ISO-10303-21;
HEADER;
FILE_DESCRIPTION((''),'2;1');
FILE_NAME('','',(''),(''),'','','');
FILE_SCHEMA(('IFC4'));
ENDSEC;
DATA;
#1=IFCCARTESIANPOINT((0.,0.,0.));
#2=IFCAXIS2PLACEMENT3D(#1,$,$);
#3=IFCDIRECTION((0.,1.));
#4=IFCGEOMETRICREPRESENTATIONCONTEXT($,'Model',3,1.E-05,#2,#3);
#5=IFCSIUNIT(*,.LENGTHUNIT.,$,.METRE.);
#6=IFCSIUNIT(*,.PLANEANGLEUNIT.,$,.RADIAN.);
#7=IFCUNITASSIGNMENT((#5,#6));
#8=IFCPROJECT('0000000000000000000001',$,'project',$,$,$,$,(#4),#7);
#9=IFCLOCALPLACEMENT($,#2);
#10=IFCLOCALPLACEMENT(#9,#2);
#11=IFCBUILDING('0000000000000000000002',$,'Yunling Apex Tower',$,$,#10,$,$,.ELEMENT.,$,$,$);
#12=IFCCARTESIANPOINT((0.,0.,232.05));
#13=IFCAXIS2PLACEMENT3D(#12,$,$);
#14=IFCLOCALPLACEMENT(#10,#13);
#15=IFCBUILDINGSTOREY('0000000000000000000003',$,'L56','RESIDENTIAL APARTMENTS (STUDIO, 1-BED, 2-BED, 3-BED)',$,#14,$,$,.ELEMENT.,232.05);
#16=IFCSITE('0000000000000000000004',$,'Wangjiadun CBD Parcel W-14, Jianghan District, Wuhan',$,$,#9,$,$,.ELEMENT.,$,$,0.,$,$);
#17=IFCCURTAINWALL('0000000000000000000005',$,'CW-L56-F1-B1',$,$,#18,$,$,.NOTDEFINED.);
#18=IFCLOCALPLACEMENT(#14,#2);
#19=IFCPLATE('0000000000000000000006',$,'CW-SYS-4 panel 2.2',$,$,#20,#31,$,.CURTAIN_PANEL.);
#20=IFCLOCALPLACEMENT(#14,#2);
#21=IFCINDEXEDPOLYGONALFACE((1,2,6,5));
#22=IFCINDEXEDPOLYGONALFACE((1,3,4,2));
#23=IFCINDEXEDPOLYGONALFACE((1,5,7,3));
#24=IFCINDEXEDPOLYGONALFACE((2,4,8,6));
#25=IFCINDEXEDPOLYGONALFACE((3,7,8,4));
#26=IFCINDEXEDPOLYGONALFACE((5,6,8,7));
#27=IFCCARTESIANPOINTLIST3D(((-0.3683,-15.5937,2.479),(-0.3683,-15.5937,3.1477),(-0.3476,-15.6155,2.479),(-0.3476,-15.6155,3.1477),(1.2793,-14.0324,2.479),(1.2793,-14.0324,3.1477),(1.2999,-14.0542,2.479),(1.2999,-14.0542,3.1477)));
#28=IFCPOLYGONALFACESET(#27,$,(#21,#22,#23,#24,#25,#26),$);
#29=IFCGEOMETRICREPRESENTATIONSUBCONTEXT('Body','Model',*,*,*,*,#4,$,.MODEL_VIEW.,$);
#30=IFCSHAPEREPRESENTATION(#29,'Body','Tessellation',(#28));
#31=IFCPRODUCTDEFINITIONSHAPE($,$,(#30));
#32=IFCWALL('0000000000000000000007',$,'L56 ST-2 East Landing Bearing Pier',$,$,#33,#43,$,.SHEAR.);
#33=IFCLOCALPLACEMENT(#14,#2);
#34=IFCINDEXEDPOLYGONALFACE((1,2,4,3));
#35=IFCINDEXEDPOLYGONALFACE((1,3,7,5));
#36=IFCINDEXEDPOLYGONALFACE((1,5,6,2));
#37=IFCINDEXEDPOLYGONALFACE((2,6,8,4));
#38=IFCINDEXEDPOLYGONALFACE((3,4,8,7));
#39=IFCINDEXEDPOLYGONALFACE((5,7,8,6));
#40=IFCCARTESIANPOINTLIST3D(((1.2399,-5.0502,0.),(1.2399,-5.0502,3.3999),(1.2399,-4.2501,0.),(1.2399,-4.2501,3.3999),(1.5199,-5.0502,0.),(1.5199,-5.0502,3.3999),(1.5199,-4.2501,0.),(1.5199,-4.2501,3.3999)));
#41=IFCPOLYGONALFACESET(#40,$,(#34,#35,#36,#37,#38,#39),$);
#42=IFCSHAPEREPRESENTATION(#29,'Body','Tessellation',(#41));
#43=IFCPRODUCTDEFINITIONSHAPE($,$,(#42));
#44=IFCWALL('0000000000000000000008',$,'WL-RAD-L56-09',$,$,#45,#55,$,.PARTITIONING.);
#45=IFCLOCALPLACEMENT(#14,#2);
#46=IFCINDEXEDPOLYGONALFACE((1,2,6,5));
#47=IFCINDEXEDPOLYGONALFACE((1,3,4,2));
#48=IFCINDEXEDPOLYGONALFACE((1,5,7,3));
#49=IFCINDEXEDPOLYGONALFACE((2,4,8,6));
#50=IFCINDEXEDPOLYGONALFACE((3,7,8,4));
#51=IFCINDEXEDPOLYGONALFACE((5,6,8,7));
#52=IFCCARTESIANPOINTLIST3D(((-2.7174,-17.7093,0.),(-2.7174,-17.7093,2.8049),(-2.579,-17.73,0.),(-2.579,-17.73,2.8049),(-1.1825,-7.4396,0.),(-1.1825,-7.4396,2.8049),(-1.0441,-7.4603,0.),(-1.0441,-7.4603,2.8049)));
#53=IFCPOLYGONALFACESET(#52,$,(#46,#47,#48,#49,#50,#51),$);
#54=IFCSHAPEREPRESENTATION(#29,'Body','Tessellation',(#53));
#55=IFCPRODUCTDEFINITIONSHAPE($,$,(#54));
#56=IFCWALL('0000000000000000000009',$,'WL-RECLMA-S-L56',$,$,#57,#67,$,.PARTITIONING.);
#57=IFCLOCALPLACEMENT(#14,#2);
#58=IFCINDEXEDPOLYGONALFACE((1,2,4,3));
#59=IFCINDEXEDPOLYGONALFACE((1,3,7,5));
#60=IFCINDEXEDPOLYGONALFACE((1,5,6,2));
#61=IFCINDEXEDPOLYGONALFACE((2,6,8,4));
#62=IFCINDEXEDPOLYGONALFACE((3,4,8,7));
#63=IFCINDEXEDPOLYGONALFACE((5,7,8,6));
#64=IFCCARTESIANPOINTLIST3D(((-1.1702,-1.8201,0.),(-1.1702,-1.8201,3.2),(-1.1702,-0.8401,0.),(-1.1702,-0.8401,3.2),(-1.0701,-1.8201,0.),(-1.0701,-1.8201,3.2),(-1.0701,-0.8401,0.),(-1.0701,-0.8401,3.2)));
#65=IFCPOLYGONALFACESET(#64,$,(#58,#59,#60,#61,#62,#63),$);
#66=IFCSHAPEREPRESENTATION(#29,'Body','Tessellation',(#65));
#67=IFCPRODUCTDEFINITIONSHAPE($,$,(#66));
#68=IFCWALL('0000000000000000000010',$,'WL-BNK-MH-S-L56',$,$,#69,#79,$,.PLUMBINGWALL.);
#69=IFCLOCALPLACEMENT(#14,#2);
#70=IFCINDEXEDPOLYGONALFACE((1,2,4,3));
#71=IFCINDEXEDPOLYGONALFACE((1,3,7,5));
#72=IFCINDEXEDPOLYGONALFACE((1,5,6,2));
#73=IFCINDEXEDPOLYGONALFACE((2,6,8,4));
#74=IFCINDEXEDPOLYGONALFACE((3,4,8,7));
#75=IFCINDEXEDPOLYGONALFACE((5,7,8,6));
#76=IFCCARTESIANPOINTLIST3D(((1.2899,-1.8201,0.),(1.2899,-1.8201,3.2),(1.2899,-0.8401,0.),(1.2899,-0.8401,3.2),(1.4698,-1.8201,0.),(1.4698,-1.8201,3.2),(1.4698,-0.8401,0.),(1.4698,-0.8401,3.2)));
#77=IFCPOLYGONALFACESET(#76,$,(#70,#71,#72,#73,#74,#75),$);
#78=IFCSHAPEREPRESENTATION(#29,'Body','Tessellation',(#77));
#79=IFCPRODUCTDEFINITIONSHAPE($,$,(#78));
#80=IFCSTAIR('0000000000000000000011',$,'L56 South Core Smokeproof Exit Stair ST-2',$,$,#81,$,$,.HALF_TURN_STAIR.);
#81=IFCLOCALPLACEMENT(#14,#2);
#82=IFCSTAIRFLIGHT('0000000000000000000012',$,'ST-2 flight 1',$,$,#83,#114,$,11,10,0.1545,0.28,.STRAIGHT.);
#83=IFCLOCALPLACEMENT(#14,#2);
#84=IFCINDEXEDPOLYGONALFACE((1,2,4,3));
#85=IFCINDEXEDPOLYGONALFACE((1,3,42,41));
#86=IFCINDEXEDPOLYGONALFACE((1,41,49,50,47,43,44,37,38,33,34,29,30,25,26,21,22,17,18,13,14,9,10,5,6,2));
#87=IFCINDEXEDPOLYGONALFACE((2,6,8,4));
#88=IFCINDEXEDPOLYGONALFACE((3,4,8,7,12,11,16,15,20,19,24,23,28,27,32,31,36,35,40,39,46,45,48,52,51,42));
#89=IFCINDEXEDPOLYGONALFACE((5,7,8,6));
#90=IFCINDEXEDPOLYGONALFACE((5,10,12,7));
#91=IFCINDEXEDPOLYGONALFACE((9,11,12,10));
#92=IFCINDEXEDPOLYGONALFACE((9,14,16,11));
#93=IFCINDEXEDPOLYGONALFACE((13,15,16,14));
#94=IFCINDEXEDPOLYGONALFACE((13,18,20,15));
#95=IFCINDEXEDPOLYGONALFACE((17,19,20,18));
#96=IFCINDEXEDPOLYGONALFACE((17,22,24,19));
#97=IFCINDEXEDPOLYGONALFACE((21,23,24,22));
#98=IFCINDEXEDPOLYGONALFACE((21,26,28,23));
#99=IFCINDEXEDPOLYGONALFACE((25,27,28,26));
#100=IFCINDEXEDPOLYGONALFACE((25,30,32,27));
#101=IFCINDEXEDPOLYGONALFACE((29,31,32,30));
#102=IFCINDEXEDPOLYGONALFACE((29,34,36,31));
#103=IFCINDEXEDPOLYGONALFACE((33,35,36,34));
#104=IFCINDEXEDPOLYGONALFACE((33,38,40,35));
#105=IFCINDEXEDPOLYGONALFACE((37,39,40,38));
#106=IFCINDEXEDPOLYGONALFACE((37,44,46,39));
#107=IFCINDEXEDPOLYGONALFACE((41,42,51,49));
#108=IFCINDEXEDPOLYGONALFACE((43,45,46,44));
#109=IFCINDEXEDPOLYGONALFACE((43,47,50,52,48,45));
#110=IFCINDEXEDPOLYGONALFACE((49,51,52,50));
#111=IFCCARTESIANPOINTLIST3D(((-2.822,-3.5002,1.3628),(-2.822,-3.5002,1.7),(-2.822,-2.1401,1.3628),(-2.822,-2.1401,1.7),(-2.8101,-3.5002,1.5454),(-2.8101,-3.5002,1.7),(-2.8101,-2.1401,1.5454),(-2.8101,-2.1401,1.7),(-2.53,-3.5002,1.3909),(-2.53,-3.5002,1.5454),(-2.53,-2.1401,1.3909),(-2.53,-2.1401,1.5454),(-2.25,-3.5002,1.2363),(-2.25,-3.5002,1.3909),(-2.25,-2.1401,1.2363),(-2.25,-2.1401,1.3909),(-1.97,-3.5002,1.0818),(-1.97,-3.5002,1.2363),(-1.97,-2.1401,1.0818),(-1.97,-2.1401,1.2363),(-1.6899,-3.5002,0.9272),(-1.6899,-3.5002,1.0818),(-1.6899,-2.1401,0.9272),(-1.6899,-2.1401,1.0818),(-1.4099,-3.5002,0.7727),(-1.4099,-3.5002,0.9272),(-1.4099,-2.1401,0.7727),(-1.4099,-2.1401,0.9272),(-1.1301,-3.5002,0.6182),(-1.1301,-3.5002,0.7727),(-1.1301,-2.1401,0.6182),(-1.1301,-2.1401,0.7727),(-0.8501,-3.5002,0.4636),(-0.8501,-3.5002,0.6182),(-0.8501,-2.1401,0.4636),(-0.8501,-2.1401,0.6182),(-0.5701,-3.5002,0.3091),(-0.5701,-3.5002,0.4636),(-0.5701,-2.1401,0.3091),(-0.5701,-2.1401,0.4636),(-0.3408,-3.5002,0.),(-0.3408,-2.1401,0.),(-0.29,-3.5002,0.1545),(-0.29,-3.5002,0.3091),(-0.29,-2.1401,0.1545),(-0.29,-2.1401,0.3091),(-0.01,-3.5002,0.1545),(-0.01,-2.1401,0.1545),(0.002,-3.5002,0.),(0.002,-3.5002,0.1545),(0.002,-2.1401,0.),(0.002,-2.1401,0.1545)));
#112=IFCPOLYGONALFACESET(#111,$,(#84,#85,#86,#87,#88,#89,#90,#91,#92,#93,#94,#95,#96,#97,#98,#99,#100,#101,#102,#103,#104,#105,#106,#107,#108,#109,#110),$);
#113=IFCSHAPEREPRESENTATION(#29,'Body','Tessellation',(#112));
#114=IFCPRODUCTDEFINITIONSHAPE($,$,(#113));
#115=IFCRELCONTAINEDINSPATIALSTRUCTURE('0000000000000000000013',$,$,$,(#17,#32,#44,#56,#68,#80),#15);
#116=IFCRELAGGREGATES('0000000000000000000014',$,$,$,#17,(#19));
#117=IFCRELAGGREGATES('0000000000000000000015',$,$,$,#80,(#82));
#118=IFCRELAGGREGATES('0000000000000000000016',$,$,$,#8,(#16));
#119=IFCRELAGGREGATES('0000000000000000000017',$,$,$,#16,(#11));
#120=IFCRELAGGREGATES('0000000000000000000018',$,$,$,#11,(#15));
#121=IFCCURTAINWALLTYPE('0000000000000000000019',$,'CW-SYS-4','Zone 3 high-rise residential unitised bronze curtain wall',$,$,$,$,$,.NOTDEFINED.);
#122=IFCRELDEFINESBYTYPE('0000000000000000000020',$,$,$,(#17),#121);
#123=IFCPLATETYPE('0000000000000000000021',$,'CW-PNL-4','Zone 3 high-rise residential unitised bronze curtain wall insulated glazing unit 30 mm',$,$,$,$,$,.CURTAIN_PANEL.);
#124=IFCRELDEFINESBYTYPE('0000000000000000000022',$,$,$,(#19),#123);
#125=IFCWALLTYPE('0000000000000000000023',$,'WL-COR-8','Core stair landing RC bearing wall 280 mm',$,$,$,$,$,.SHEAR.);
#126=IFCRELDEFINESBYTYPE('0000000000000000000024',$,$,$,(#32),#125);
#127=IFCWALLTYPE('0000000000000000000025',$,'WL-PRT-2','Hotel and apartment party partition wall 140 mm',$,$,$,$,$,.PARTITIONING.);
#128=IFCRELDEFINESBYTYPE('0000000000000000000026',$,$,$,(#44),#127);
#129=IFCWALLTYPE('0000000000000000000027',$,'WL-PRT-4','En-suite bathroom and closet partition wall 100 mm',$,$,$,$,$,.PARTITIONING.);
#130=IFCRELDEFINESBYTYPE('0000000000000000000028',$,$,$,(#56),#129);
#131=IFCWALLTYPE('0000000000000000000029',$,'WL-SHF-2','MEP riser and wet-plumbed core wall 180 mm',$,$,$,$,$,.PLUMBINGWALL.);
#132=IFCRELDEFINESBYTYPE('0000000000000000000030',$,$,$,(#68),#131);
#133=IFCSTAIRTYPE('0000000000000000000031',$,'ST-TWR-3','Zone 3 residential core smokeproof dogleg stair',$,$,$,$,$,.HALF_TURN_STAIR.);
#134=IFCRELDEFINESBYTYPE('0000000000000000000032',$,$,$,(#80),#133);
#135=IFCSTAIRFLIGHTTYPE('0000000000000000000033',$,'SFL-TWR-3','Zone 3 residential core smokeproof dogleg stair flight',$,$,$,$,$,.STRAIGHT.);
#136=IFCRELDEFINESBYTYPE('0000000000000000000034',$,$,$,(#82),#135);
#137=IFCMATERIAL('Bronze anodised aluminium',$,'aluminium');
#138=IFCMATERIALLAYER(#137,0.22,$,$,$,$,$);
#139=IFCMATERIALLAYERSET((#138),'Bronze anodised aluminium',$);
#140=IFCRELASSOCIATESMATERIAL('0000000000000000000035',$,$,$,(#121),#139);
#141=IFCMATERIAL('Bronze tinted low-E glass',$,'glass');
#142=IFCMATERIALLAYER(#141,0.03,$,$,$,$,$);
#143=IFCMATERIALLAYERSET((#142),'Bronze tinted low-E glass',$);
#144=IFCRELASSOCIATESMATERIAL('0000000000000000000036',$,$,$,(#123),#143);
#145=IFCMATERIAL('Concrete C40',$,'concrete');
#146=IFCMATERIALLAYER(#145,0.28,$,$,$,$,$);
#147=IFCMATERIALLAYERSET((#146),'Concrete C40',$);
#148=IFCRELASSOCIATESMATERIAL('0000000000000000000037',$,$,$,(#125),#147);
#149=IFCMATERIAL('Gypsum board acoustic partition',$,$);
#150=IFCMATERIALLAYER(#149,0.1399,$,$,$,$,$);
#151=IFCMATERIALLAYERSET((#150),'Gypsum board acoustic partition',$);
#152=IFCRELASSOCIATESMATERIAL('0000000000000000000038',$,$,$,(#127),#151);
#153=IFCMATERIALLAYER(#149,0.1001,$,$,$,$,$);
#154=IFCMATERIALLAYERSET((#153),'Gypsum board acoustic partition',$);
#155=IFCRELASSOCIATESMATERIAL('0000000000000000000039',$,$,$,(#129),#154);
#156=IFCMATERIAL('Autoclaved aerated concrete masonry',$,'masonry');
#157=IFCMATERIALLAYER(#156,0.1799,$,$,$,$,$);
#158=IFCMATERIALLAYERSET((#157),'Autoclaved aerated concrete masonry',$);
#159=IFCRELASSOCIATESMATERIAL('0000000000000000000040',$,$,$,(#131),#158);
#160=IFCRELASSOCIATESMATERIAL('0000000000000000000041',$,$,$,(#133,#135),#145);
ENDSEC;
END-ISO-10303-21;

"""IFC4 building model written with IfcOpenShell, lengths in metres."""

from ifc_helpers import new_model, si_unit, direction, frame, frame_2d, origin, origin_2d, place, context, subcontext, project, spatial, polyline, rectangle, outline, extrude, source, transform, mapped, material, layer, layer_set, type_object, element, aggregate, save


model = new_model("IFC4")

# Units and contexts
model_context = context("Model", 3, precision=1e-05, world=origin(), true_north=direction((0.0, 1.0)))
body_context = subcontext(model_context, "Body", "Model", "MODEL_VIEW")
ifc_project = project(units=[si_unit("LENGTHUNIT", "METRE"), si_unit("PLANEANGLEUNIT", "RADIAN")], contexts=[model_context])

# Site, building, storey
site_placement = place(None, origin())
site = spatial("IfcSite", under=ifc_project, at=site_placement, Name="Wangjiadun CBD Parcel W-14, Jianghan District, Wuhan", CompositionType="ELEMENT", RefElevation=0.0)
building_placement = place(site_placement, origin())
building = spatial("IfcBuilding", under=site, at=building_placement, Name="Yunling Apex Tower", CompositionType="ELEMENT")
storey_placement = place(building_placement, frame((0.0, 0.0, 232.05)))
storey = spatial("IfcBuildingStorey", under=building, at=storey_placement, Name="L56", Description="RESIDENTIAL APARTMENTS (STUDIO, 1-BED, 2-BED, 3-BED)", CompositionType="ELEMENT", Elevation=232.05)

# Curtain wall
ifc_material_1 = material(Name="Bronze anodised aluminium", Category="aluminium")
ifc_layer_1 = layer(ifc_material_1, 0.22)
ifc_layer_set_1 = layer_set([ifc_layer_1], Name="Bronze anodised aluminium")
curtain_wall_type = type_object("IfcCurtainWallType", Name="CW-SYS-4", Description="Zone 3 high-rise residential unitised bronze curtain wall", PredefinedType="NOTDEFINED", material=ifc_layer_set_1)
curtain_wall_1_placement = place(storey_placement, origin())
curtain_wall_1 = element("IfcCurtainWall", 1, at=curtain_wall_1_placement, inside=storey, type_object=curtain_wall_type, Name="CW-L56-F1-B1", PredefinedType="NOTDEFINED")

# Plate
ifc_material_2 = material(Name="Bronze tinted low-E glass", Category="glass")
ifc_layer_2 = layer(ifc_material_2, 0.03)
ifc_layer_set_2 = layer_set([ifc_layer_2], Name="Bronze tinted low-E glass")
plate_type = type_object("IfcPlateType", Name="CW-PNL-4", Description="Zone 3 high-rise residential unitised bronze curtain wall insulated glazing unit 30 mm", PredefinedType="CURTAIN_PANEL", material=ifc_layer_set_2)
shared_shape_1 = source(origin(), body_context, "Body", "SweptSolid", [
    extrude(rectangle(XDim=2.2698, YDim=0.03, at=origin_2d()), origin(), (0.0, 0.0, 1.0), 0.6687),
])
plate_1_placement = place(storey_placement, frame((0.4658, -14.824, 2.479), z_axis=(0.0, 0.0, 1.0), x_axis=(0.725855, 0.687848, 0.0)))
plate_1 = element("IfcPlate", 2, at=plate_1_placement, type_object=plate_type, Name="CW-SYS-4 panel 2.2", PredefinedType="CURTAIN_PANEL", context=body_context, shape_type="MappedRepresentation", body=[
    mapped(shared_shape_1, transform((0.0, 0.0, 0.0), scale=1.0)),
])
aggregate(curtain_wall_1, [plate_1])

# Walls
ifc_material_3 = material(Name="Concrete C40", Category="concrete")
ifc_layer_3 = layer(ifc_material_3, 0.28)
ifc_layer_set_3 = layer_set([ifc_layer_3], Name="Concrete C40")
wall_type_1 = type_object("IfcWallType", Name="WL-COR-8", Description="Core stair landing RC bearing wall 280 mm", PredefinedType="SHEAR", material=ifc_layer_set_3)
wall_1_placement = place(storey_placement, frame((1.3799, -5.05, 0.0), z_axis=(0.0, 0.0, 1.0), x_axis=(0.0, 1.0, 0.0)))
element("IfcWall", 3, at=wall_1_placement, inside=storey, type_object=wall_type_1, Name="L56 ST-2 East Landing Bearing Pier", PredefinedType="SHEAR", context=body_context, shape_type="SweptSolid", body=[
    extrude(rectangle(XDim=0.8, YDim=0.28, at=frame_2d((0.3999, 0.0))), origin(), (0.0, 0.0, 1.0), 3.3999),
])
ifc_material_4 = material(Name="Gypsum board acoustic partition")
ifc_layer_4 = layer(ifc_material_4, 0.1399)
ifc_layer_set_4 = layer_set([ifc_layer_4], Name="Gypsum board acoustic partition")
wall_type_2 = type_object("IfcWallType", Name="WL-PRT-2", Description="Hotel and apartment party partition wall 140 mm", PredefinedType="PARTITIONING", material=ifc_layer_set_4)
wall_2_placement = place(storey_placement, frame((-1.1133, -7.45, 0.0), z_axis=(0.0, 0.0, 1.0), x_axis=(-0.147817, -0.989015, 0.0)))
element("IfcWall", 4, at=wall_2_placement, inside=storey, type_object=wall_type_2, Name="WL-RAD-L56-09", PredefinedType="PARTITIONING", context=body_context, shape_type="SweptSolid", body=[
    extrude(rectangle(XDim=10.3838, YDim=0.1399, at=frame_2d((5.1919, 0.0))), origin(), (0.0, 0.0, 1.0), 2.8049),
])
ifc_layer_5 = layer(ifc_material_4, 0.1001)
ifc_layer_set_5 = layer_set([ifc_layer_5], Name="Gypsum board acoustic partition")
wall_type_3 = type_object("IfcWallType", Name="WL-PRT-4", Description="En-suite bathroom and closet partition wall 100 mm", PredefinedType="PARTITIONING", material=ifc_layer_set_5)
wall_3_placement = place(storey_placement, frame((-1.1201, -1.8201, 0.0), z_axis=(0.0, 0.0, 1.0), x_axis=(0.0, 1.0, 0.0)))
element("IfcWall", 5, at=wall_3_placement, inside=storey, type_object=wall_type_3, Name="WL-RECLMA-S-L56", PredefinedType="PARTITIONING", context=body_context, shape_type="SweptSolid", body=[
    extrude(rectangle(XDim=0.98, YDim=0.1001, at=frame_2d((0.49, 0.0))), origin(), (0.0, 0.0, 1.0), 3.2),
])

# Shared definitions
ifc_material_5 = material(Name="Autoclaved aerated concrete masonry", Category="masonry")

# Wall
ifc_layer_6 = layer(ifc_material_5, 0.1799)
ifc_layer_set_6 = layer_set([ifc_layer_6], Name="Autoclaved aerated concrete masonry")
wall_type_4 = type_object("IfcWallType", Name="WL-SHF-2", Description="MEP riser and wet-plumbed core wall 180 mm", PredefinedType="PLUMBINGWALL", material=ifc_layer_set_6)
wall_4_placement = place(storey_placement, frame((1.3799, -1.8201, 0.0), z_axis=(0.0, 0.0, 1.0), x_axis=(0.0, 1.0, 0.0)))
element("IfcWall", 6, at=wall_4_placement, inside=storey, type_object=wall_type_4, Name="WL-BNK-MH-S-L56", PredefinedType="PLUMBINGWALL", context=body_context, shape_type="SweptSolid", body=[
    extrude(rectangle(XDim=0.98, YDim=0.1799, at=frame_2d((0.49, 0.0))), origin(), (0.0, 0.0, 1.0), 3.2),
])

# Stair, stair flight
stair_type = type_object("IfcStairType", Name="ST-TWR-3", Description="Zone 3 residential core smokeproof dogleg stair", PredefinedType="HALF_TURN_STAIR", material=ifc_material_3)
stair_placement = place(storey_placement, origin())
stair = element("IfcStair", 7, at=stair_placement, inside=storey, type_object=stair_type, Name="L56 South Core Smokeproof Exit Stair ST-2", PredefinedType="HALF_TURN_STAIR")
stair_flight_type = type_object("IfcStairFlightType", Name="SFL-TWR-3", Description="Zone 3 residential core smokeproof dogleg stair flight", PredefinedType="STRAIGHT", material=ifc_material_3)
stair_flight_placement = place(storey_placement, frame((-0.01, -2.8201, 0.0), z_axis=(0.0, 0.0, 1.0), x_axis=(-1.0, 0.0, 0.0)))
stair_flight = element("IfcStairFlight", 8, at=stair_flight_placement, type_object=stair_flight_type, Name="ST-2 flight 1", NumberOfRisers=11, NumberOfTreads=10, PredefinedType="STRAIGHT", RiserHeight=0.1545, TreadLength=0.28, context=body_context, shape_type="SweptSolid", body=[
    extrude(outline(polyline([(-0.012, 0.0), (-0.012, 0.1545), (0.0, 0.1545), (0.28, 0.1545), (0.28, 0.3091), (0.5601, 0.3091), (0.5601, 0.4636), (0.8401, 0.4636), (0.8401, 0.6182), (1.1201, 0.6182), (1.1201, 0.7727), (1.3999, 0.7727), (1.3999, 0.9272), (1.6799, 0.9272), (1.6799, 1.0818), (1.96, 1.0818), (1.96, 1.2363), (2.24, 1.2363), (2.24, 1.3909), (2.52, 1.3909), (2.52, 1.5454), (2.8, 1.5454), (2.8, 1.7), (2.812, 1.7), (2.812, 1.3628), (0.3308, 0.0), (-0.012, 0.0)])), frame((0.0, 0.6802, 0.0), z_axis=(0.0, -1.0, 0.0), x_axis=(1.0, 0.0, 0.0)), (0.0, 0.0, 1.0), 1.3601),
])
aggregate(stair, [stair_flight])

save(model, "model.ifc")
